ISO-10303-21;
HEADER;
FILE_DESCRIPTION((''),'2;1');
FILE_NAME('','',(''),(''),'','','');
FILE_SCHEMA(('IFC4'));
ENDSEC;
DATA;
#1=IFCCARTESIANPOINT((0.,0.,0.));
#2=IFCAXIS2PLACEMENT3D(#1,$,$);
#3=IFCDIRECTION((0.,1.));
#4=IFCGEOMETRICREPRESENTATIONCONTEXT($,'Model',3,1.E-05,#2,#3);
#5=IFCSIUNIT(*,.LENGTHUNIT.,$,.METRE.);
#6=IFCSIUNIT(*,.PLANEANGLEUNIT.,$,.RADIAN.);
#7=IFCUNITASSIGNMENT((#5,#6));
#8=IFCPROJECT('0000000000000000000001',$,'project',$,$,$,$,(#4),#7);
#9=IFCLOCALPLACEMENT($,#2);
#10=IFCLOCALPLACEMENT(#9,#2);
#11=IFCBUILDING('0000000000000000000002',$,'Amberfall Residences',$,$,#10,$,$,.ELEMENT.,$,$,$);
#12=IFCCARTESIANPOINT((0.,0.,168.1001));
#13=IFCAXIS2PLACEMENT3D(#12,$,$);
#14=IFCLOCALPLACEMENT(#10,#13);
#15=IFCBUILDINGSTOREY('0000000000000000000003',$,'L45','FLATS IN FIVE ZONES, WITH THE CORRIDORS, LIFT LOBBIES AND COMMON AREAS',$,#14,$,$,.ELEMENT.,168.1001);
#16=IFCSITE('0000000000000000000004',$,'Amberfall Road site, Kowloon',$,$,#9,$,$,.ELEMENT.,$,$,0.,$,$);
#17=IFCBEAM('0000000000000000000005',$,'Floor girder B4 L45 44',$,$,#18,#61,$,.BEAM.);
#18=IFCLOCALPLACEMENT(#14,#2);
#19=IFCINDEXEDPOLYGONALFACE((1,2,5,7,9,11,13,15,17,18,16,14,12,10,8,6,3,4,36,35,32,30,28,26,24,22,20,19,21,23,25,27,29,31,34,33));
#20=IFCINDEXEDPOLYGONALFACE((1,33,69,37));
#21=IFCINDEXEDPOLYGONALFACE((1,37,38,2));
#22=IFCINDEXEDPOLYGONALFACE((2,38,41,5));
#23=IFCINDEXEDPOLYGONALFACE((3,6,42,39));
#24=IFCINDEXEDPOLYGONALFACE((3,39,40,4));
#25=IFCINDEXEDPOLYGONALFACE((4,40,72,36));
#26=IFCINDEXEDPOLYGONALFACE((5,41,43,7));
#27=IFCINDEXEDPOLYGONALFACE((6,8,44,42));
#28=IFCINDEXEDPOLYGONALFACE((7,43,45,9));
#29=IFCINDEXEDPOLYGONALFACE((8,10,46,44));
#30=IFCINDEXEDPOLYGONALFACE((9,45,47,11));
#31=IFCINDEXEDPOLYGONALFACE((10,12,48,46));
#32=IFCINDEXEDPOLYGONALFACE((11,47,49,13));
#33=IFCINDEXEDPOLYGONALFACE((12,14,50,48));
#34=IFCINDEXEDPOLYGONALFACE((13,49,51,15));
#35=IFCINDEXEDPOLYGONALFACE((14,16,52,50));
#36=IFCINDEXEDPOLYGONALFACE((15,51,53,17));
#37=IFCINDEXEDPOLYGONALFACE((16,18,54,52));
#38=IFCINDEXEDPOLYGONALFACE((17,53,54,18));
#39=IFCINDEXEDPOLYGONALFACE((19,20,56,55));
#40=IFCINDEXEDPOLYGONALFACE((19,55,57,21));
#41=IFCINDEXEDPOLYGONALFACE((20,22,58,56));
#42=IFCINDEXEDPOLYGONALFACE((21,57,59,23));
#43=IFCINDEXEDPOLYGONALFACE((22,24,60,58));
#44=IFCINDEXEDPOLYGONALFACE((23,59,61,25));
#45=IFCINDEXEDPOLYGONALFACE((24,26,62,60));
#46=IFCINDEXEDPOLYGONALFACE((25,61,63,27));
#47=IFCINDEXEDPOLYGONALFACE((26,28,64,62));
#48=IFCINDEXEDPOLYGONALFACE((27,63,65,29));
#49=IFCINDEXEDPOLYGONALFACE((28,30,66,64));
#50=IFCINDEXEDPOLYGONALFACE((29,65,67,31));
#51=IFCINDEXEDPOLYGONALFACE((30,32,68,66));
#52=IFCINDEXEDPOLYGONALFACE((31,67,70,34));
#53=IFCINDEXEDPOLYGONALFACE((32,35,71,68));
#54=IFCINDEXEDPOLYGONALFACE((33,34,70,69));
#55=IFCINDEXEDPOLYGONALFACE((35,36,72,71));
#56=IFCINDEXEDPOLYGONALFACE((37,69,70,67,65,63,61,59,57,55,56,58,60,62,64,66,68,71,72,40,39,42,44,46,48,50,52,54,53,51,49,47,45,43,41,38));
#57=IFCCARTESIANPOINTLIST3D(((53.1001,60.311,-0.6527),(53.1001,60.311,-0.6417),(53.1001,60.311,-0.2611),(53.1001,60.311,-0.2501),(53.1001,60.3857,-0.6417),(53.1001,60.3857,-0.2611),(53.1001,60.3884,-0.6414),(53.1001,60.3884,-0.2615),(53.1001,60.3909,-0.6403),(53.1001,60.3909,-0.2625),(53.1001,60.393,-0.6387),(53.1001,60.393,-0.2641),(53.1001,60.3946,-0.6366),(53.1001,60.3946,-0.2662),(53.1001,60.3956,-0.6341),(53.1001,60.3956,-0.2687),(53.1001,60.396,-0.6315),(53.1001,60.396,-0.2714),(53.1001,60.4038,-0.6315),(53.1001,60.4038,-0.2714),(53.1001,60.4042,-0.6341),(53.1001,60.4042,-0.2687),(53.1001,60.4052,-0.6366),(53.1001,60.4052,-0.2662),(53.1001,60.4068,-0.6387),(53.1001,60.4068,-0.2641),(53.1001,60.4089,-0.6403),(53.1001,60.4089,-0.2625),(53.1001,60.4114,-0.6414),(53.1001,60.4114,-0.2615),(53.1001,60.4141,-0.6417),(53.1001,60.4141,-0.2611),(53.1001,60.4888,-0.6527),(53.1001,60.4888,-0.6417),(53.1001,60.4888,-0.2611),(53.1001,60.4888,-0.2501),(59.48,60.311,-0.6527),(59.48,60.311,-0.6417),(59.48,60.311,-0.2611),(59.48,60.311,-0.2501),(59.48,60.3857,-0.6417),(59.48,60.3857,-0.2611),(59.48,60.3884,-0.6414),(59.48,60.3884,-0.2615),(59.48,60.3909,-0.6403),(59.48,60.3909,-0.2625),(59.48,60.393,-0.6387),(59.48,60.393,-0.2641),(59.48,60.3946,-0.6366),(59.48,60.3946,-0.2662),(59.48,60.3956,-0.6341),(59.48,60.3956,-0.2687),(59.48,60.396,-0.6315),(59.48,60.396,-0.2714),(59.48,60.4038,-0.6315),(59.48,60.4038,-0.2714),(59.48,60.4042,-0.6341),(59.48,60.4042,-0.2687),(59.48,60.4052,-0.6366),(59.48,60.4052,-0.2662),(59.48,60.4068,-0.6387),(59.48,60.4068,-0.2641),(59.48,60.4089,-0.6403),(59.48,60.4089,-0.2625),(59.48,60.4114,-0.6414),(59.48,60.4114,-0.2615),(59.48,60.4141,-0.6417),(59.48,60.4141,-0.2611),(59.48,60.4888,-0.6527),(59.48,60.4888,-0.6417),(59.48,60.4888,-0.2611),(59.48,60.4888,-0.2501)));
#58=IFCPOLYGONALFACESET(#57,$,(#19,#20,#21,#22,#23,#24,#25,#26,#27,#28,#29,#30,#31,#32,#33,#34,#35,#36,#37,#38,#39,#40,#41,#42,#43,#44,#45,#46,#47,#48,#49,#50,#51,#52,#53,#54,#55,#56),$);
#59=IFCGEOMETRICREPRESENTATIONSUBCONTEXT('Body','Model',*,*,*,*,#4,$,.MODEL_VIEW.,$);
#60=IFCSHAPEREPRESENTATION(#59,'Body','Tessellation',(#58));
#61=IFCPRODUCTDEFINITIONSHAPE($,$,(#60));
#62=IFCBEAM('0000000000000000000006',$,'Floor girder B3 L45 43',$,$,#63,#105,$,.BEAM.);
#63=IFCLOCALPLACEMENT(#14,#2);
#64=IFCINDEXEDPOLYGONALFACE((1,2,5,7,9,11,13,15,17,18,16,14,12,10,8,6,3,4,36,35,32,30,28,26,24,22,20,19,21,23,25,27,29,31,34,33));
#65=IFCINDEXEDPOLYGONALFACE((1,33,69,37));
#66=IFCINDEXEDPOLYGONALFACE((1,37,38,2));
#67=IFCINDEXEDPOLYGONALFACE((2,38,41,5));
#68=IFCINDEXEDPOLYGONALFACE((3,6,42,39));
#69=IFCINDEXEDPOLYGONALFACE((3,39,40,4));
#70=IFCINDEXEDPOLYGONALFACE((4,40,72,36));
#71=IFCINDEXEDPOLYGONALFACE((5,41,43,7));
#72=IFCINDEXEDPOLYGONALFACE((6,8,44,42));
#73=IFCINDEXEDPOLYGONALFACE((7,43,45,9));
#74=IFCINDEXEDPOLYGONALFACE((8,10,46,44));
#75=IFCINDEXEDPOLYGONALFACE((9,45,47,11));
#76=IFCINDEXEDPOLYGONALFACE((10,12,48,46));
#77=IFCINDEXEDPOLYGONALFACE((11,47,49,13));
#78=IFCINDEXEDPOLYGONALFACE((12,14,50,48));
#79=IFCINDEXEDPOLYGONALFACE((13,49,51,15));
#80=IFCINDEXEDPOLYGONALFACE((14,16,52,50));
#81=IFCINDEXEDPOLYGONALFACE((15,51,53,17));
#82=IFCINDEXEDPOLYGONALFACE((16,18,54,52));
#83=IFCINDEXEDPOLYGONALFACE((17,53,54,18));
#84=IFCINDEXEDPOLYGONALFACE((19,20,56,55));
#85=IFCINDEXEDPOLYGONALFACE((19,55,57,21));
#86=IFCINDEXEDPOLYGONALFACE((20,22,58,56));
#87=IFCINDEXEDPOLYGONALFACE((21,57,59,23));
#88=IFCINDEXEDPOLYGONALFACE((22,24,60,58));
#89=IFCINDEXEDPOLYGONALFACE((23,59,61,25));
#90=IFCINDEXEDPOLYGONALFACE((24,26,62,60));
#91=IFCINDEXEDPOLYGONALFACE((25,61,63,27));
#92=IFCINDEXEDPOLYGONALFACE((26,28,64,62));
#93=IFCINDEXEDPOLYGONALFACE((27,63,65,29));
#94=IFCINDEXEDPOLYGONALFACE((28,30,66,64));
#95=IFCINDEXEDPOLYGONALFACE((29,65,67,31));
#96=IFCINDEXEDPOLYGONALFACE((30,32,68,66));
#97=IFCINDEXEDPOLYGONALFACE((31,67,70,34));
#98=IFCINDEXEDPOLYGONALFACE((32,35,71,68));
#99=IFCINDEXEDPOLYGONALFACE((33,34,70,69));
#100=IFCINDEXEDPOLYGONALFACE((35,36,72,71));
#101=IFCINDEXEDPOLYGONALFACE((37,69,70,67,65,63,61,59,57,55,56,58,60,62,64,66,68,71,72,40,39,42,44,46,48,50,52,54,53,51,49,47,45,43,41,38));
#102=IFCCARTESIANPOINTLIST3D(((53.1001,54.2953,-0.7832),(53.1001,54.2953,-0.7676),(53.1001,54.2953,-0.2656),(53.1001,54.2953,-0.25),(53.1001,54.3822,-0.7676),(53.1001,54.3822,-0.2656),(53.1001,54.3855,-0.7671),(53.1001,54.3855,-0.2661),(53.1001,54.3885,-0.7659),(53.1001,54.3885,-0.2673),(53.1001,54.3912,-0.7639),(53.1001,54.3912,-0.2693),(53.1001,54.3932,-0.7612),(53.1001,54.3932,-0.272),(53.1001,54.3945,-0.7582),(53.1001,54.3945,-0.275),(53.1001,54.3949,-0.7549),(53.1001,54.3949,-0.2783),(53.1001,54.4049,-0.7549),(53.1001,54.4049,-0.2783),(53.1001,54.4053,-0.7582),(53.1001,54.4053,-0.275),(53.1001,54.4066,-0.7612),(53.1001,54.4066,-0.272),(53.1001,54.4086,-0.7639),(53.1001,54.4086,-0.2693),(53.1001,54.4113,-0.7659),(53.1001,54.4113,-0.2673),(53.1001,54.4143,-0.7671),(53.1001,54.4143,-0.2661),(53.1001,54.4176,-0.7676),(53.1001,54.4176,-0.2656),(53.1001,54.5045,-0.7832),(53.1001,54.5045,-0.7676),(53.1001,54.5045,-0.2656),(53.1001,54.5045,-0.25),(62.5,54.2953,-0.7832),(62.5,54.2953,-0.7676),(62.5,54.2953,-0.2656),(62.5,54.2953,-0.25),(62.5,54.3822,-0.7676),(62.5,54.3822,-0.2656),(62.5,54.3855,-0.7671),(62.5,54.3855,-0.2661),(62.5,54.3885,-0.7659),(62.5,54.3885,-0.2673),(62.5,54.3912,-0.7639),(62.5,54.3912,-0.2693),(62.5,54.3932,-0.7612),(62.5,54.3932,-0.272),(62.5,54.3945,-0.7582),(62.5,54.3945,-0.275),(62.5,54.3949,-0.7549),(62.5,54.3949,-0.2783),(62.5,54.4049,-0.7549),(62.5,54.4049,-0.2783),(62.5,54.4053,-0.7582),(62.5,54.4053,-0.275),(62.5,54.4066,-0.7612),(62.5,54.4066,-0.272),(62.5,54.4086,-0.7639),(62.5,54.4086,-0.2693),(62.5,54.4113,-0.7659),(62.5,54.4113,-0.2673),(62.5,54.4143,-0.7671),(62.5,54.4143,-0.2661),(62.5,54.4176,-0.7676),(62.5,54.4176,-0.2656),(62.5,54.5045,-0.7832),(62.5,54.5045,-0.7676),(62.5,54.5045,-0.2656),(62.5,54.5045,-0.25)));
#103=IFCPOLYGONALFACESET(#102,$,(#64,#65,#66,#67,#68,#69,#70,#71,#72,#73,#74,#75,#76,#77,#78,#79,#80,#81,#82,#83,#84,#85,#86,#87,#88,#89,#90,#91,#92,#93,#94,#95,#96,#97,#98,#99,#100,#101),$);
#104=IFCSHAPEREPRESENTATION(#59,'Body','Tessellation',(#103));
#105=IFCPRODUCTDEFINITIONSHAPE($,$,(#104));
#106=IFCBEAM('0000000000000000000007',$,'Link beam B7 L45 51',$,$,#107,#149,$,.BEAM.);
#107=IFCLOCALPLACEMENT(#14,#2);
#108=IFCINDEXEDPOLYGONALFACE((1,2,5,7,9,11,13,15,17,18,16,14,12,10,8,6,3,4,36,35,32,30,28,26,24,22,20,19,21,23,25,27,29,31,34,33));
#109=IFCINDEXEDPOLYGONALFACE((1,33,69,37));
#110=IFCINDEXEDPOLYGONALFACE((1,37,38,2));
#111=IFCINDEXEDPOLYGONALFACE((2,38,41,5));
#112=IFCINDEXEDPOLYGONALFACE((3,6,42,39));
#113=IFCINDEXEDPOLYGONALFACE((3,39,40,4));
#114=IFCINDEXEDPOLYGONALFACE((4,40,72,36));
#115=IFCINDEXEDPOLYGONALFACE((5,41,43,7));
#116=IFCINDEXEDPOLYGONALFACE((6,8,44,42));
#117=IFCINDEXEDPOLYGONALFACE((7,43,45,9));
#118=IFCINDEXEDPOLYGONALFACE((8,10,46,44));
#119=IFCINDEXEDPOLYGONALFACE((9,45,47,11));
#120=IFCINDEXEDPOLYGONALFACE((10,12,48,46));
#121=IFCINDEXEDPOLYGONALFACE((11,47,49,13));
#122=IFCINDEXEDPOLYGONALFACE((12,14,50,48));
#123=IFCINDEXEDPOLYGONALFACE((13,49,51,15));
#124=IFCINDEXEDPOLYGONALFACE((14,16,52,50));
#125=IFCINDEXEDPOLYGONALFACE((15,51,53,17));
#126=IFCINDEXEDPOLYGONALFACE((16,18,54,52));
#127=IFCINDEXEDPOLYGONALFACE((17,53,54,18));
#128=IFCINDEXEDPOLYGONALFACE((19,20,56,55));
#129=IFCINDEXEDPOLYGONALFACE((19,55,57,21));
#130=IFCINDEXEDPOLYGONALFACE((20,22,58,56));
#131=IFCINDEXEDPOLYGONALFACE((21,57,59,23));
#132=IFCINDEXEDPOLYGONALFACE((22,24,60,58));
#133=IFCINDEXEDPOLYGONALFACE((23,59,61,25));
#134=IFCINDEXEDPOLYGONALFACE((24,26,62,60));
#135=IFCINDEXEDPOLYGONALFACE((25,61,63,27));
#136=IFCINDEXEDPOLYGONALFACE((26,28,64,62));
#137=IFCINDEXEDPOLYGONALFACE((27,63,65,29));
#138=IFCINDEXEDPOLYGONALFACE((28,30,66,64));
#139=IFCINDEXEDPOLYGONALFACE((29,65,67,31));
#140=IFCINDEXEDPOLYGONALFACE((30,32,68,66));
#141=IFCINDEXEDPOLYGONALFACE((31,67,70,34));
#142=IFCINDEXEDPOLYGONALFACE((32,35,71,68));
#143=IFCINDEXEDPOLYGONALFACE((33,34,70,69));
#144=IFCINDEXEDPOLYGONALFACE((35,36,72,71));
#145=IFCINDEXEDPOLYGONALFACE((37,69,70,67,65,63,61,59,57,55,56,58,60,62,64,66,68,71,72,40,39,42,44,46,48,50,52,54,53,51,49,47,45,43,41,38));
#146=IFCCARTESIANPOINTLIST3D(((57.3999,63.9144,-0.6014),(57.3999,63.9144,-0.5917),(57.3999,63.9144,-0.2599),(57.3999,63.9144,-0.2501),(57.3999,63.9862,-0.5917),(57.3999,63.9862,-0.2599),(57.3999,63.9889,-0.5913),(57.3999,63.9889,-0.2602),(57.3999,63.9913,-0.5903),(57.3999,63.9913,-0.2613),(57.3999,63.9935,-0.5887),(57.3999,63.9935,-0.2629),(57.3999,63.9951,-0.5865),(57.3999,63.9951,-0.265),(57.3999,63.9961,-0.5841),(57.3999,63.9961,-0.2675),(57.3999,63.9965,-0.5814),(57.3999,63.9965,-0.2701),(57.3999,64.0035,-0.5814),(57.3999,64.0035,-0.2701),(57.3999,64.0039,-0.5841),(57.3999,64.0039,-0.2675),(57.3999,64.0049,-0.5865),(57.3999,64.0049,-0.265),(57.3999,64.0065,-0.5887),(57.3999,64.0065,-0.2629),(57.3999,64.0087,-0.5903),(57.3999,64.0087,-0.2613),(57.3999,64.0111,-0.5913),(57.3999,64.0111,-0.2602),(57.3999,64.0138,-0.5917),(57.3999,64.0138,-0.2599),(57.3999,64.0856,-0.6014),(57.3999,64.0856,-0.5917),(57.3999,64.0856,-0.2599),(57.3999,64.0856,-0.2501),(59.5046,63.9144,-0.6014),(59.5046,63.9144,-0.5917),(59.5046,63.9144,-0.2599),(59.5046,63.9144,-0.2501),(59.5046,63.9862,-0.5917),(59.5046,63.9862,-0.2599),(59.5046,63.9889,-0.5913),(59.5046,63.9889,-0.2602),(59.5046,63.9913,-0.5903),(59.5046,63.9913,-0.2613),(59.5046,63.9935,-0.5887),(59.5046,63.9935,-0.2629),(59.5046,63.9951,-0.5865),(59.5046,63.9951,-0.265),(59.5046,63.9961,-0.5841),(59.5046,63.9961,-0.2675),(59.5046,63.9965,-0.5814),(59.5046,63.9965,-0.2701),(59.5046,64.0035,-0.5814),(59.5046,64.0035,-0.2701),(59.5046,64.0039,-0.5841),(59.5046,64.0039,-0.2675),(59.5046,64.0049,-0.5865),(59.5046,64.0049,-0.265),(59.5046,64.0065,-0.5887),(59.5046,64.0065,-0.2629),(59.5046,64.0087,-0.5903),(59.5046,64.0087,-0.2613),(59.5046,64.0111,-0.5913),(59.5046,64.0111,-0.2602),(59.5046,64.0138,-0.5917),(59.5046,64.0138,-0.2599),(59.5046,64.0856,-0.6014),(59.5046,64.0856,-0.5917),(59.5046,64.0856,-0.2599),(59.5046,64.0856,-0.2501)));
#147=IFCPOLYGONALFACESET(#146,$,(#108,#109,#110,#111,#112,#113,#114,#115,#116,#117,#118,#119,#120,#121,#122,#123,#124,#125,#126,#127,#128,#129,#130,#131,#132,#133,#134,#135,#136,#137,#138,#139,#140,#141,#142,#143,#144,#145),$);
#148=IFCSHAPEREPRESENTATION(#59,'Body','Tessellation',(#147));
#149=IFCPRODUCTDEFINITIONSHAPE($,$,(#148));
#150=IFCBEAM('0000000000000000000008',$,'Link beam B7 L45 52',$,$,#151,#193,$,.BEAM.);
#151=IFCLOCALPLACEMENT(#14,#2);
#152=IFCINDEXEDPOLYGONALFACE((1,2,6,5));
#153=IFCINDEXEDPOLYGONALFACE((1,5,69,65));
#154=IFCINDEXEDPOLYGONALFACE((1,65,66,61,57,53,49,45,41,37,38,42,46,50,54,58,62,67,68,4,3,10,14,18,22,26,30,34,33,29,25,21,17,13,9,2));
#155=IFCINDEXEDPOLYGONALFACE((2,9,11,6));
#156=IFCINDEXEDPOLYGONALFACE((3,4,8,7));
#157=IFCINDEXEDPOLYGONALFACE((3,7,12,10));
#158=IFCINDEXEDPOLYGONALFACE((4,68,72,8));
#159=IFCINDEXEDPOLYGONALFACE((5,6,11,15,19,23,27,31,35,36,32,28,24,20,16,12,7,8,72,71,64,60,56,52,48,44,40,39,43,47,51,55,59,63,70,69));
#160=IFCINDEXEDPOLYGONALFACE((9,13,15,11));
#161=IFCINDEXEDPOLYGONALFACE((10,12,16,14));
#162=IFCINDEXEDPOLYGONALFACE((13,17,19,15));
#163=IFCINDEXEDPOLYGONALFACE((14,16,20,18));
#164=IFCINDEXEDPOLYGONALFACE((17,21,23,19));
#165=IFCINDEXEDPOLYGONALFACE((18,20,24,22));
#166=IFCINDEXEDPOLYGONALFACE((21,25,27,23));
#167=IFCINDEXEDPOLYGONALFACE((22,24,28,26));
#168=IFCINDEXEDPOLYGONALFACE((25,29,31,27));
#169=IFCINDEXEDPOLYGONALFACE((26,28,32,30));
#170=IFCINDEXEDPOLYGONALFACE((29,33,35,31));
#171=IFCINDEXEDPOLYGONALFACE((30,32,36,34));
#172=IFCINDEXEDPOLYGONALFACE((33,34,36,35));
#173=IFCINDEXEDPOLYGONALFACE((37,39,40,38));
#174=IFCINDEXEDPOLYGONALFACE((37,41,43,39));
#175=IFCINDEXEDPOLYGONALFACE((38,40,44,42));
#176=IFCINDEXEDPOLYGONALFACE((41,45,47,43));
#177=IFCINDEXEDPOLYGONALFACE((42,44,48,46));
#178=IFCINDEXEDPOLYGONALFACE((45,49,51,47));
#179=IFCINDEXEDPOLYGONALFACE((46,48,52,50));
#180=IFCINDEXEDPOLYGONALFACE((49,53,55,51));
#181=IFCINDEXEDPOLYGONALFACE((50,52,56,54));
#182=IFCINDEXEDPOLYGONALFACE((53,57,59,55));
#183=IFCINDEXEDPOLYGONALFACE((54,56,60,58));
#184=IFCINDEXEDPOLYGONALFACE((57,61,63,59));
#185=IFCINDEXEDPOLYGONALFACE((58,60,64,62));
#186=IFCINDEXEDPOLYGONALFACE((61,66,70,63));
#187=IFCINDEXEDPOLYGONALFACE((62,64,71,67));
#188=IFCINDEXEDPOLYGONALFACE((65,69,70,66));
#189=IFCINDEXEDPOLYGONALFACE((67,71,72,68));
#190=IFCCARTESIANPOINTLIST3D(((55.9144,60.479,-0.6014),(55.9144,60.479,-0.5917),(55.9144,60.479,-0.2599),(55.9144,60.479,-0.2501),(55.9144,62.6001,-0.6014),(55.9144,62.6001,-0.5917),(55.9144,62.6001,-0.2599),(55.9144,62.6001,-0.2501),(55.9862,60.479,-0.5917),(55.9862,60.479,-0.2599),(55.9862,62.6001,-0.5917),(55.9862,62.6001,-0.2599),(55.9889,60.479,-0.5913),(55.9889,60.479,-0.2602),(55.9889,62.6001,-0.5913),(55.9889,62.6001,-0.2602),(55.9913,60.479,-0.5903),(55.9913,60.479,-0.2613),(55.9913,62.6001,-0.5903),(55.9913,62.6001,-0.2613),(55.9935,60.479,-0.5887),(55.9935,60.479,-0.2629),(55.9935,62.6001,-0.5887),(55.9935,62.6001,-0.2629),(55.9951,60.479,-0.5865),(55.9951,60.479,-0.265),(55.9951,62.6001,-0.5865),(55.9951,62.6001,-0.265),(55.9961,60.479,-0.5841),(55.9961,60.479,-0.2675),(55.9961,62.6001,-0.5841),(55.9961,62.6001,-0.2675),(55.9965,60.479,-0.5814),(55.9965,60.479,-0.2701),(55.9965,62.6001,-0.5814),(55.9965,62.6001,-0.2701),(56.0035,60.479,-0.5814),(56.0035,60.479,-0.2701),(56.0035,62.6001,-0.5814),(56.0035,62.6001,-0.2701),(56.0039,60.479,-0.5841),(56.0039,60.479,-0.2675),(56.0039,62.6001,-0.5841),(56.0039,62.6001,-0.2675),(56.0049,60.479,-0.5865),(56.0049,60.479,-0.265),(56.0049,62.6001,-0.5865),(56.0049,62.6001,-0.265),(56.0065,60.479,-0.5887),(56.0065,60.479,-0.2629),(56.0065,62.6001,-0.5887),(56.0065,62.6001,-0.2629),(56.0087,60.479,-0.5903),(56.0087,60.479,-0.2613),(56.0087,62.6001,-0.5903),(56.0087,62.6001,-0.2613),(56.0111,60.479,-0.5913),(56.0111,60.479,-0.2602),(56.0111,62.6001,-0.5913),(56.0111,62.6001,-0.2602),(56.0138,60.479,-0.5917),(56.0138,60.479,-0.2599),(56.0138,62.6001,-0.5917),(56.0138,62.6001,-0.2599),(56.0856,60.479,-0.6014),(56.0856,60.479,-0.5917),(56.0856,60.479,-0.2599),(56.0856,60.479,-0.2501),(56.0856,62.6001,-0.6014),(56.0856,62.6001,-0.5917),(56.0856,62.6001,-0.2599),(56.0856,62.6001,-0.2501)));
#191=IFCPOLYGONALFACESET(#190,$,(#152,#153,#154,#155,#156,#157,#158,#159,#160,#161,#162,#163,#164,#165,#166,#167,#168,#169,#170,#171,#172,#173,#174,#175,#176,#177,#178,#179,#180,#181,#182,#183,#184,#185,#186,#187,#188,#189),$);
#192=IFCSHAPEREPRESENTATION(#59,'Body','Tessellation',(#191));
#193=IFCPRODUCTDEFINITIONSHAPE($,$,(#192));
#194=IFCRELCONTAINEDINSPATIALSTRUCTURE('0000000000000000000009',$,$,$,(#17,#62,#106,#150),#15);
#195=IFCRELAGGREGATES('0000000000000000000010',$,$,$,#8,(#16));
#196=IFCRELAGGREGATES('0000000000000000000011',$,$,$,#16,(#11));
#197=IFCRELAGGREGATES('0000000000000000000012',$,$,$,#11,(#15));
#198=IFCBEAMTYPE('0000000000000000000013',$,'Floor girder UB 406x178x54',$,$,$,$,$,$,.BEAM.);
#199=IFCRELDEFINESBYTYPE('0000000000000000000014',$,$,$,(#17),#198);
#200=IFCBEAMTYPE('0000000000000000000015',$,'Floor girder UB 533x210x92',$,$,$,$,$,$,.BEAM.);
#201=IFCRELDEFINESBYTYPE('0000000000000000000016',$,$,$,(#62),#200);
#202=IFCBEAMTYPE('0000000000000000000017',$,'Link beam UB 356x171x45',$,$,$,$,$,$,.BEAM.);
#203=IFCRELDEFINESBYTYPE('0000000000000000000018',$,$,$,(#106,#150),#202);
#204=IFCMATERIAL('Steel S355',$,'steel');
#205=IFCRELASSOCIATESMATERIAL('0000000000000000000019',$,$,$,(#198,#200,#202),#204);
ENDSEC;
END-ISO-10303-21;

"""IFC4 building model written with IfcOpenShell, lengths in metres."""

from ifc_helpers import new_model, si_unit, direction, frame, origin, origin_2d, place, context, subcontext, project, spatial, i_section, extrude, material, material_profile, profile_set, type_object, element, save


model = new_model("IFC4")

# Units and contexts
model_context = context("Model", 3, precision=1e-05, world=origin(), true_north=direction((0.0, 1.0)))
body_context = subcontext(model_context, "Body", "Model", "MODEL_VIEW")
ifc_project = project(units=[si_unit("LENGTHUNIT", "METRE"), si_unit("PLANEANGLEUNIT", "RADIAN")], contexts=[model_context])

# Site, building, storey
site_placement = place(None, origin())
site = spatial("IfcSite", under=ifc_project, at=site_placement, Name="Amberfall Road site, Kowloon", CompositionType="ELEMENT", RefElevation=0.0)
building_placement = place(site_placement, origin())
building = spatial("IfcBuilding", under=site, at=building_placement, Name="Amberfall Residences", CompositionType="ELEMENT")
storey_placement = place(building_placement, frame((0.0, 0.0, 168.1001)))
storey = spatial("IfcBuildingStorey", under=building, at=storey_placement, Name="L45", Description="FLATS IN FIVE ZONES, WITH THE CORRIDORS, LIFT LOBBIES AND COMMON AREAS", CompositionType="ELEMENT", Elevation=168.1001)

# Shared definitions
ifc_material_1 = material(Name="Steel S355", Category="steel")

# Beams
ifc_material_profile_1 = material_profile(ifc_material_1, i_section(OverallWidth=0.1777, OverallDepth=0.4026, WebThickness=0.0078, FlangeThickness=0.011, FilletRadius=0.0103, at=origin_2d()), Name="UB 406x178x54")
ifc_profile_set_1 = profile_set([ifc_material_profile_1], Name="Steel S355")
beam_type_1 = type_object("IfcBeamType", Name="Floor girder UB 406x178x54", PredefinedType="BEAM", material=ifc_profile_set_1)
beam_1_placement = place(storey_placement, frame((53.1001, 60.3999, -0.4514), z_axis=(1.0, 0.0, 0.0), x_axis=(0.0, 1.0, 0.0)))
element("IfcBeam", 1, at=beam_1_placement, inside=storey, type_object=beam_type_1, Name="Floor girder B4 L45 44", PredefinedType="BEAM", context=body_context, shape_type="SweptSolid", body=[
    extrude(i_section(OverallWidth=0.1777, OverallDepth=0.4026, WebThickness=0.0078, FlangeThickness=0.011, FilletRadius=0.0103, at=origin_2d()), origin(), (0.0, 0.0, 1.0), 6.3799),
])
ifc_material_profile_2 = material_profile(ifc_material_1, i_section(OverallWidth=0.2092, OverallDepth=0.5332, WebThickness=0.01, FlangeThickness=0.0156, FilletRadius=0.0127, at=origin_2d()), Name="UB 533x210x92")
ifc_profile_set_2 = profile_set([ifc_material_profile_2], Name="Steel S355")
beam_type_2 = type_object("IfcBeamType", Name="Floor girder UB 533x210x92", PredefinedType="BEAM", material=ifc_profile_set_2)
beam_2_placement = place(storey_placement, frame((53.1001, 54.3999, -0.5166), z_axis=(1.0, 0.0, 0.0), x_axis=(0.0, 1.0, 0.0)))
element("IfcBeam", 2, at=beam_2_placement, inside=storey, type_object=beam_type_2, Name="Floor girder B3 L45 43", PredefinedType="BEAM", context=body_context, shape_type="SweptSolid", body=[
    extrude(i_section(OverallWidth=0.2092, OverallDepth=0.5332, WebThickness=0.01, FlangeThickness=0.0156, FilletRadius=0.0127, at=origin_2d()), origin(), (0.0, 0.0, 1.0), 9.3999),
])
ifc_material_profile_3 = material_profile(ifc_material_1, i_section(OverallWidth=0.1711, OverallDepth=0.3513, WebThickness=0.0071, FlangeThickness=0.0098, FilletRadius=0.0103, at=origin_2d()), Name="UB 356x171x45")
ifc_profile_set_3 = profile_set([ifc_material_profile_3], Name="Steel S355")
beam_type_3 = type_object("IfcBeamType", Name="Link beam UB 356x171x45", PredefinedType="BEAM", material=ifc_profile_set_3)
beam_3_placement = place(storey_placement, frame((57.3999, 64.0, -0.4258), z_axis=(1.0, 0.0, 0.0), x_axis=(0.0, 1.0, 0.0)))
element("IfcBeam", 3, at=beam_3_placement, inside=storey, type_object=beam_type_3, Name="Link beam B7 L45 51", PredefinedType="BEAM", context=body_context, shape_type="SweptSolid", body=[
    extrude(i_section(OverallWidth=0.1711, OverallDepth=0.3513, WebThickness=0.0071, FlangeThickness=0.0098, FilletRadius=0.0103, at=origin_2d()), origin(), (0.0, 0.0, 1.0), 2.1047),
])
beam_4_placement = place(storey_placement, frame((56.0, 62.6001, -0.4258), z_axis=(0.0, -1.0, 0.0), x_axis=(1.0, 0.0, 0.0)))
element("IfcBeam", 4, at=beam_4_placement, inside=storey, type_object=beam_type_3, Name="Link beam B7 L45 52", PredefinedType="BEAM", context=body_context, shape_type="SweptSolid", body=[
    extrude(i_section(OverallWidth=0.1711, OverallDepth=0.3513, WebThickness=0.0071, FlangeThickness=0.0098, FilletRadius=0.0103, at=origin_2d()), origin(), (0.0, 0.0, 1.0), 2.1211),
])

save(model, "model.ifc")
